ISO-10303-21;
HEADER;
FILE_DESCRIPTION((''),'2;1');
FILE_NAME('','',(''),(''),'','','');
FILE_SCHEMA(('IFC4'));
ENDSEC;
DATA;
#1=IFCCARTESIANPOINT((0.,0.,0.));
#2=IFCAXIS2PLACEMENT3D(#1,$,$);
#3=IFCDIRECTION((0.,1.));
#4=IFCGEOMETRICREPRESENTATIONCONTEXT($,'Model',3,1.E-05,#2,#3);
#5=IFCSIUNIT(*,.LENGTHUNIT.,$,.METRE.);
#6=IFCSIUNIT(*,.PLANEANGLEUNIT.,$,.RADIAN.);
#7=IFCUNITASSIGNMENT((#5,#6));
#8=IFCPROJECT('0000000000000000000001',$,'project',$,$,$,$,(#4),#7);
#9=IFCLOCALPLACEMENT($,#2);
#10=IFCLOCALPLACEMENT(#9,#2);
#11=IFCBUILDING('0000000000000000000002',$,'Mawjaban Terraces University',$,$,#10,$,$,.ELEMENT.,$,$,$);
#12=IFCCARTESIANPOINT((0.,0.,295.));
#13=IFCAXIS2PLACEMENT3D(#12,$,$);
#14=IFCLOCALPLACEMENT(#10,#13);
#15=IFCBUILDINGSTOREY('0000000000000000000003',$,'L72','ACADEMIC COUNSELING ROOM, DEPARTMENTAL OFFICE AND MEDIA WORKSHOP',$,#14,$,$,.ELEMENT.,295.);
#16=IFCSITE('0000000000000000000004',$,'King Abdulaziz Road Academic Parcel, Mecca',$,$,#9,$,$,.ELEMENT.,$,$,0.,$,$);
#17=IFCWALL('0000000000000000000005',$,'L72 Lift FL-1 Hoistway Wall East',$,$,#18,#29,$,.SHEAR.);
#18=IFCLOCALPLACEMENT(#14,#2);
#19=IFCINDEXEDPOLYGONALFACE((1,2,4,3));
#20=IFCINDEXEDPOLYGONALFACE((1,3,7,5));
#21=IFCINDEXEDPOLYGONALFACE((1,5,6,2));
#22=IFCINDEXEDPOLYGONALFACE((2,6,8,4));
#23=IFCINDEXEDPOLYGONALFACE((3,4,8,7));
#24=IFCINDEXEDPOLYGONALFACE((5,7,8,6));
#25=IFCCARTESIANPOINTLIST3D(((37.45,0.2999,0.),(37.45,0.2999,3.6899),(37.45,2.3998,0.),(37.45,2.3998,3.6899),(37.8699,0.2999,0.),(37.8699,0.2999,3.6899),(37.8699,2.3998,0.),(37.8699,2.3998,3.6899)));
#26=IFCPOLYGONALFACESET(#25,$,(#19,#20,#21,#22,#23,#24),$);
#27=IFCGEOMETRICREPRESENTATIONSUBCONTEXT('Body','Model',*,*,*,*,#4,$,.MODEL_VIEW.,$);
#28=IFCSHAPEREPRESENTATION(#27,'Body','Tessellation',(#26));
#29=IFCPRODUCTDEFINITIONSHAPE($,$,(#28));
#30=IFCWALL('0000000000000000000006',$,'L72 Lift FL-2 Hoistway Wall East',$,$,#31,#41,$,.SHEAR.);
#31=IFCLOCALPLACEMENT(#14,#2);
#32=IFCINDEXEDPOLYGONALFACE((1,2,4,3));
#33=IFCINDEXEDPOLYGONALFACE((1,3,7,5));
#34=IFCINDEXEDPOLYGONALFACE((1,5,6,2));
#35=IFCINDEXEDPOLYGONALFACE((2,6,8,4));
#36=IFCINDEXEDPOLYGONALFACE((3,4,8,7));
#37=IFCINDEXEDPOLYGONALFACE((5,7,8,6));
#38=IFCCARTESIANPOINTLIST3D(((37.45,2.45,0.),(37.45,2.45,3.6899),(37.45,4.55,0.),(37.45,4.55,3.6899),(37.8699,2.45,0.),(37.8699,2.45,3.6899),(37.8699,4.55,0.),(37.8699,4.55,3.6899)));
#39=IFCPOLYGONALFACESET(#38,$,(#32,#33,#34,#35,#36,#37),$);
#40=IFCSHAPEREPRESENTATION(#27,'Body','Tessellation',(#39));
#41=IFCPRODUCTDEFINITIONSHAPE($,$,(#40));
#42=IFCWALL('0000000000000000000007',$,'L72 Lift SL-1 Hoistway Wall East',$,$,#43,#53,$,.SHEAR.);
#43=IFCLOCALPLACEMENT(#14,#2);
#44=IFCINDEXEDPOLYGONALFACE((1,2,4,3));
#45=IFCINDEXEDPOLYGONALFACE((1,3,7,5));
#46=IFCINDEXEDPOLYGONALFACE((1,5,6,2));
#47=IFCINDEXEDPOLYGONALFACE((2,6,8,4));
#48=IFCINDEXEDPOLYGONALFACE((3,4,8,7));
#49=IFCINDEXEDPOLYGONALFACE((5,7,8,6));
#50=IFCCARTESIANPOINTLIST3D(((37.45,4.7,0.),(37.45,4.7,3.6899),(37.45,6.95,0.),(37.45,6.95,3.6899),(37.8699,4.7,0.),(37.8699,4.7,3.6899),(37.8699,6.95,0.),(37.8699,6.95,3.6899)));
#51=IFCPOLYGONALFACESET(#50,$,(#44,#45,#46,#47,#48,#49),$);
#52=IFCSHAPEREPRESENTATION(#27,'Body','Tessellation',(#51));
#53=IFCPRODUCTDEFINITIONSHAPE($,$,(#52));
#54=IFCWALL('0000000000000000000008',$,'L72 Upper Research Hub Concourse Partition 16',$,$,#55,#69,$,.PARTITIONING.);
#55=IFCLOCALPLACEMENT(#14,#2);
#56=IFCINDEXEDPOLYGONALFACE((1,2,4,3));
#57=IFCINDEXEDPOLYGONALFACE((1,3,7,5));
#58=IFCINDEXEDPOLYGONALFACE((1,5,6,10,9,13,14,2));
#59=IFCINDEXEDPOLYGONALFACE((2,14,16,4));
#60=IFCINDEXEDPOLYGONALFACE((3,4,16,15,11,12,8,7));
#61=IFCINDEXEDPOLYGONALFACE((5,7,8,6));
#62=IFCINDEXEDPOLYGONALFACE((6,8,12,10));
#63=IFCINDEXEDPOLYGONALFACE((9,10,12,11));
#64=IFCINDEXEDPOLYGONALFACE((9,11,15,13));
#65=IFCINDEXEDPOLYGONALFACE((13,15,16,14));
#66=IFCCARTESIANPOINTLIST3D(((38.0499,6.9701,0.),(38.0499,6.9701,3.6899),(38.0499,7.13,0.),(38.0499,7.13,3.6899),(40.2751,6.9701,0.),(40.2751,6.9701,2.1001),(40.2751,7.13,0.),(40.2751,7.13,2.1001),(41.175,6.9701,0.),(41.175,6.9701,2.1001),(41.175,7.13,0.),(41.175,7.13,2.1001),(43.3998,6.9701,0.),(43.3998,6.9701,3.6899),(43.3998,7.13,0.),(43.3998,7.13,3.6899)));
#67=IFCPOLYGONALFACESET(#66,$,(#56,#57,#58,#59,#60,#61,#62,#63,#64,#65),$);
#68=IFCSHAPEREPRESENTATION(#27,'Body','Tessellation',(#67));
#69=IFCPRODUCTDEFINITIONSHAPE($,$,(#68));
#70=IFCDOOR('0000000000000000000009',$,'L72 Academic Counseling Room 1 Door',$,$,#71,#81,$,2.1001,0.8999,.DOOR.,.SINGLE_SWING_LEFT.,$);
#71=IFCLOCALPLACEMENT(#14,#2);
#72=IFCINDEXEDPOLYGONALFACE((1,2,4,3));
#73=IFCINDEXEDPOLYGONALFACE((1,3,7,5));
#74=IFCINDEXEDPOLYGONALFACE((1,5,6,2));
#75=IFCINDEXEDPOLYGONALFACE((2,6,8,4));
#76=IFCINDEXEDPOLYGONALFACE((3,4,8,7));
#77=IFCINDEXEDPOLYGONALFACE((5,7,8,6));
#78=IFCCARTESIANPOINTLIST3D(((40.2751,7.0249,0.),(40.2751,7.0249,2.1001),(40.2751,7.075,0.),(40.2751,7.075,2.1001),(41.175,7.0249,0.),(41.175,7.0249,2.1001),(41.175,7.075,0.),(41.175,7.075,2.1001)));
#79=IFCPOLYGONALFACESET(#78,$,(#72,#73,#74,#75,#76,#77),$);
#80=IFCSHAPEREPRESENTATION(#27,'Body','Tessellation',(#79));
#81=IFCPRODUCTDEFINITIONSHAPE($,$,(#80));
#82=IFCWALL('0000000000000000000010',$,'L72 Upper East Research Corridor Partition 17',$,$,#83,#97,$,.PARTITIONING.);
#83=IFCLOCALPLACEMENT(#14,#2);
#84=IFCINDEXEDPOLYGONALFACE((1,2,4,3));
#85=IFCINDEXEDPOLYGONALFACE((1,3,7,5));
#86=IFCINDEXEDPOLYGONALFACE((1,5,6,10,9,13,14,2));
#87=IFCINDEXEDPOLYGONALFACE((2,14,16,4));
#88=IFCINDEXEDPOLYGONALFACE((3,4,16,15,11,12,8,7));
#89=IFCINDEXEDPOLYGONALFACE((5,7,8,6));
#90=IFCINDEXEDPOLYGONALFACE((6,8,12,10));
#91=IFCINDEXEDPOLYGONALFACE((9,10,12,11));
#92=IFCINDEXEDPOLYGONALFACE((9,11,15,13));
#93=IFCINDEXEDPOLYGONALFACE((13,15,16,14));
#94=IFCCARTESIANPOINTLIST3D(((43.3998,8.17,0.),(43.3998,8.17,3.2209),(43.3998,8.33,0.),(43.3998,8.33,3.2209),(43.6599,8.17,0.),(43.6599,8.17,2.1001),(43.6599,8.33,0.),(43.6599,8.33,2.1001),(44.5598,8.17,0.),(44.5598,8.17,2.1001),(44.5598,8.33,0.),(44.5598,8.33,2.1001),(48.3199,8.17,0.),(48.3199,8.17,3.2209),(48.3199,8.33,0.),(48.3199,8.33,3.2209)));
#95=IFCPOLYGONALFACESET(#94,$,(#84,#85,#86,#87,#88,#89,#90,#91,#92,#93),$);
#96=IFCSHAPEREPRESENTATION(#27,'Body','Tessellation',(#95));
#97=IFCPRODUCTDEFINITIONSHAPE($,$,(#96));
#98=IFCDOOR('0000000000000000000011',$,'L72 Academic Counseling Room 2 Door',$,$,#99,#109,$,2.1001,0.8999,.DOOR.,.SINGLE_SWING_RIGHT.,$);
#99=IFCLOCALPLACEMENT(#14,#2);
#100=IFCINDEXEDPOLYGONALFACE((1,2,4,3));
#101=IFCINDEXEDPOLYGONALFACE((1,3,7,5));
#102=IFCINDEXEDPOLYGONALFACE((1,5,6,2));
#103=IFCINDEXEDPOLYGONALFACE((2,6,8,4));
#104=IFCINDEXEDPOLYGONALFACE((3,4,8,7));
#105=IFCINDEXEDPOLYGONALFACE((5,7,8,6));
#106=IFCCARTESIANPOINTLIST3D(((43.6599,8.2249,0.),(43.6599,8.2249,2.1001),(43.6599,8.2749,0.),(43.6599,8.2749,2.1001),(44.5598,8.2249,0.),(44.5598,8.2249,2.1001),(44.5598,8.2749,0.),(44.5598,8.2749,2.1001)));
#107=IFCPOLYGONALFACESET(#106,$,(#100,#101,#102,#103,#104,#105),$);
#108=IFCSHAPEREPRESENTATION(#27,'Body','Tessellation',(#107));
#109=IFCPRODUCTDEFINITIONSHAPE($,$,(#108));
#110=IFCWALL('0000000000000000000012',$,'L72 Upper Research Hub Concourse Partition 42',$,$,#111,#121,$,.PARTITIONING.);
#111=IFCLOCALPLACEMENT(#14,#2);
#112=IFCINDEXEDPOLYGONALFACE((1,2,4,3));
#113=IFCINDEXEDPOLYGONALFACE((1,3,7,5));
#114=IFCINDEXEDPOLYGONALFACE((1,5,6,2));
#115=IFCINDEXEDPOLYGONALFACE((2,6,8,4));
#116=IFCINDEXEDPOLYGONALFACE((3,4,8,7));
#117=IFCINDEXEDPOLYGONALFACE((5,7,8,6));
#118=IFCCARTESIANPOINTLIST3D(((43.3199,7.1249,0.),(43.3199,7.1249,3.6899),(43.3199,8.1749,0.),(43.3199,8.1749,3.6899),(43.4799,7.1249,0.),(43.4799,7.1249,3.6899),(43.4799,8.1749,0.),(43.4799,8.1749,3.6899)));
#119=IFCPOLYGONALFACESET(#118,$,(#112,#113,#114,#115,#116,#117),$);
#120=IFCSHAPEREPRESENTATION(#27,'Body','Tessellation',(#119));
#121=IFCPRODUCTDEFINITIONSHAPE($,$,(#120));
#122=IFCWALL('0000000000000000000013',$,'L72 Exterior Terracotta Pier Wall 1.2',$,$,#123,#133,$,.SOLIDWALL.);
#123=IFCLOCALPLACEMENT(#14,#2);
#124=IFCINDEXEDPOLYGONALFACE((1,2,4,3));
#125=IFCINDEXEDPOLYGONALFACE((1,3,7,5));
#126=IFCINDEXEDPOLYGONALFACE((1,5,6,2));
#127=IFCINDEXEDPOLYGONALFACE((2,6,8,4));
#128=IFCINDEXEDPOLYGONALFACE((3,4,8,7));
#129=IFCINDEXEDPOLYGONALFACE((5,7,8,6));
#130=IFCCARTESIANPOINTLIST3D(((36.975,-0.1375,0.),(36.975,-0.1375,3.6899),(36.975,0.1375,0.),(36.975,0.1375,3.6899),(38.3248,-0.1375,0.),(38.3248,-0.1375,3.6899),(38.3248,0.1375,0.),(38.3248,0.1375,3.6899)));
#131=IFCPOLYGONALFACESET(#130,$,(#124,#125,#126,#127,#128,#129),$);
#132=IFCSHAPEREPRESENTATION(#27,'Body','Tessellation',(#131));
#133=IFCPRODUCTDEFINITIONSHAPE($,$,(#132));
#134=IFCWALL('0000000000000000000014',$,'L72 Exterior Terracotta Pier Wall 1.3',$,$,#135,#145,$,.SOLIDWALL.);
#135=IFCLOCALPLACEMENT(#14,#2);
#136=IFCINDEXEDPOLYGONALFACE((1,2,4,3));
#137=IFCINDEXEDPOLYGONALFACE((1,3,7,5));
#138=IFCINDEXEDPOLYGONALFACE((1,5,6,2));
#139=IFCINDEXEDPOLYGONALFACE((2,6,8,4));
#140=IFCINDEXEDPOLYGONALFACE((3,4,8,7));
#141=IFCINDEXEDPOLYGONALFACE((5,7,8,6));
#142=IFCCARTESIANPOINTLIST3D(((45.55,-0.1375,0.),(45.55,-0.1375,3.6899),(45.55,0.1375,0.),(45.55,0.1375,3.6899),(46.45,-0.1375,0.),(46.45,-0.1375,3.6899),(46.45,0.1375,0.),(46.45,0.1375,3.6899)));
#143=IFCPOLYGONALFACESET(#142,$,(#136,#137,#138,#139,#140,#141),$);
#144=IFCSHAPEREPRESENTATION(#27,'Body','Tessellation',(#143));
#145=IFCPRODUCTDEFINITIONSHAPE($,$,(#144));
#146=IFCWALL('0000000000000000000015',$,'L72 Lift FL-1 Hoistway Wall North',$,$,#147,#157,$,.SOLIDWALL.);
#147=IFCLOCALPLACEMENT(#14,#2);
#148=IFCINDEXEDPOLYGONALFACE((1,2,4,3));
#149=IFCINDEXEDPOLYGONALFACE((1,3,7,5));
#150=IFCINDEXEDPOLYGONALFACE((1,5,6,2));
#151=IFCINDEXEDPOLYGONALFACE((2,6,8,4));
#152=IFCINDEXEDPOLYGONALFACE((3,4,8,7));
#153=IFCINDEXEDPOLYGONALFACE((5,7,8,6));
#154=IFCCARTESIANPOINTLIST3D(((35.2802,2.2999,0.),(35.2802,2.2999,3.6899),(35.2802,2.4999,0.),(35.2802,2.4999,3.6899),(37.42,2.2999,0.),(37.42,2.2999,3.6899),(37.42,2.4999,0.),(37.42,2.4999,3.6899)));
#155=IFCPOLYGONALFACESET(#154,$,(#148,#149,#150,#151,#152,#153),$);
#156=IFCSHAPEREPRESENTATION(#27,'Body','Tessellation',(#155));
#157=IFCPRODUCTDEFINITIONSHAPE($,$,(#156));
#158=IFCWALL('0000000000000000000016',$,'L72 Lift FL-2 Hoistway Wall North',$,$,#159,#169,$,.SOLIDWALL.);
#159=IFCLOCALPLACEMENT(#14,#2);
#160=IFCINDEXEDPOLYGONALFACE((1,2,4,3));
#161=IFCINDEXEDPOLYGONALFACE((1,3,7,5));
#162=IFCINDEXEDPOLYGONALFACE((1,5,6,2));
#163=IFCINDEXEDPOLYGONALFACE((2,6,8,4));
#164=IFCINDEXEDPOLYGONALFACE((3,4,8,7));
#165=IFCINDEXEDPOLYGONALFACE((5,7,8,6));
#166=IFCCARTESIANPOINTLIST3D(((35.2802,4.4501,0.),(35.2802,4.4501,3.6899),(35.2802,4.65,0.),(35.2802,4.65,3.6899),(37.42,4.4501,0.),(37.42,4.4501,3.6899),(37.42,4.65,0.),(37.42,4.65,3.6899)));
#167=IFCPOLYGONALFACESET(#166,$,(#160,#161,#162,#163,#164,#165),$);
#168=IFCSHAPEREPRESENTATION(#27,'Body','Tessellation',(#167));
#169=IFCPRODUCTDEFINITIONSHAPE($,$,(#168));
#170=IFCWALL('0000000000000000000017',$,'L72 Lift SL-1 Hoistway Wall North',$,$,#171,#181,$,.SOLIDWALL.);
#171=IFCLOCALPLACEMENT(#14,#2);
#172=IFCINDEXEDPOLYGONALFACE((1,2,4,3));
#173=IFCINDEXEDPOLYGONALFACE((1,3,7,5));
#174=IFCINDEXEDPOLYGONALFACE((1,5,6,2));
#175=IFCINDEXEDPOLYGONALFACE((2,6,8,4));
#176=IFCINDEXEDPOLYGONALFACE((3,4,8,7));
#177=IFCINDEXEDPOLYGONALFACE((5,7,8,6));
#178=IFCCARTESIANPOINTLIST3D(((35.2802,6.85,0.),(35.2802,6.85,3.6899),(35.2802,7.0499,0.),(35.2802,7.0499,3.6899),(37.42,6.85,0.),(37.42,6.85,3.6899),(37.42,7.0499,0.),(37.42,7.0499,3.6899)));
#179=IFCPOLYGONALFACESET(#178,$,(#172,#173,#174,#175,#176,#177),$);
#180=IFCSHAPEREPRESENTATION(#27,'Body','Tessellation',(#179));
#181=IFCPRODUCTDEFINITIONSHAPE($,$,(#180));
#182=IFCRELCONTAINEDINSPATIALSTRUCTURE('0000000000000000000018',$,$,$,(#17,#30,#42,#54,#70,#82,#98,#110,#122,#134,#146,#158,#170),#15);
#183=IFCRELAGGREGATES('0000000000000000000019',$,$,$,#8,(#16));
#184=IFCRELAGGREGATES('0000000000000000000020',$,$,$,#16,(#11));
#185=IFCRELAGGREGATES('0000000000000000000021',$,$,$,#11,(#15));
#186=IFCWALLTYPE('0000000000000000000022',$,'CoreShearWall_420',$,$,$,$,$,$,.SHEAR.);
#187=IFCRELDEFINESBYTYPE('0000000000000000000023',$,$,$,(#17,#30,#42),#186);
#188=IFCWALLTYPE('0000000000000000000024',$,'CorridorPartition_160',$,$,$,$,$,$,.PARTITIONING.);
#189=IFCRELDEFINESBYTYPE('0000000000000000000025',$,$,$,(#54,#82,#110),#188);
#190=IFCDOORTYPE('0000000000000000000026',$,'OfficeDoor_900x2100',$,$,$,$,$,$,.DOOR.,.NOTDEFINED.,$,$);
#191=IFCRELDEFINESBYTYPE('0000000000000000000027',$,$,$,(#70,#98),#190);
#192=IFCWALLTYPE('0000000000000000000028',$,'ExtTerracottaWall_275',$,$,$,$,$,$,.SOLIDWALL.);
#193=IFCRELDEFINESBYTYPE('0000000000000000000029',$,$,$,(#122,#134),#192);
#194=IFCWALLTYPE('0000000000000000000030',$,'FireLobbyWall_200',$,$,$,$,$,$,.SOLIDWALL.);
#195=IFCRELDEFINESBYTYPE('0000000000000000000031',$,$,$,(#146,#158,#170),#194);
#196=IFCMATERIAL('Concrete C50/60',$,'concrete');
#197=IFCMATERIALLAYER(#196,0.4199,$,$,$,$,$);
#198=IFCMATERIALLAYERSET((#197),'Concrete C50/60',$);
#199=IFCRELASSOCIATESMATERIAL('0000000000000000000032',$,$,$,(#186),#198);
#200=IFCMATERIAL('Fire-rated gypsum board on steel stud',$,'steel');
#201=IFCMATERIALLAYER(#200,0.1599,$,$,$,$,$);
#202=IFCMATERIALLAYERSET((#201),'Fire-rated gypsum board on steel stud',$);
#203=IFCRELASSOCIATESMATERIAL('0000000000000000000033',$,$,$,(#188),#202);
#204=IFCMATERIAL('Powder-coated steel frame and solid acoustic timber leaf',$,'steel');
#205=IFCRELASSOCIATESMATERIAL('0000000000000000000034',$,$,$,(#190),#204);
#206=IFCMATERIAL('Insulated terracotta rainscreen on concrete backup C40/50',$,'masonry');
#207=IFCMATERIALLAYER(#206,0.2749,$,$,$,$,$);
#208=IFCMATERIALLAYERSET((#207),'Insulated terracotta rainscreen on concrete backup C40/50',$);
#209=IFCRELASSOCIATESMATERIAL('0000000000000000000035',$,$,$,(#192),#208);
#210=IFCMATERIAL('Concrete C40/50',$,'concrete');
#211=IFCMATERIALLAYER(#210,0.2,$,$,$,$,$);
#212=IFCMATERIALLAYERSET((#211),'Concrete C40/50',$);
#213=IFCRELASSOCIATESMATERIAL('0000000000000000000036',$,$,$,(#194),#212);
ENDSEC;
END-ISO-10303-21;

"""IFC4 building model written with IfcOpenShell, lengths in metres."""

from ifc_helpers import new_model, si_unit, direction, frame, frame_2d, origin, place, context, subcontext, project, spatial, rectangle, extrude, material, layer, layer_set, type_object, element, fill, save


model = new_model("IFC4")

# Units and contexts
model_context = context("Model", 3, precision=1e-05, world=origin(), true_north=direction((0.0, 1.0)))
body_context = subcontext(model_context, "Body", "Model", "MODEL_VIEW")
ifc_project = project(units=[si_unit("LENGTHUNIT", "METRE"), si_unit("PLANEANGLEUNIT", "RADIAN")], contexts=[model_context])

# Site, building, storey
site_placement = place(None, origin())
site = spatial("IfcSite", under=ifc_project, at=site_placement, Name="King Abdulaziz Road Academic Parcel, Mecca", CompositionType="ELEMENT", RefElevation=0.0)
building_placement = place(site_placement, origin())
building = spatial("IfcBuilding", under=site, at=building_placement, Name="Mawjaban Terraces University", CompositionType="ELEMENT")
storey_placement = place(building_placement, frame((0.0, 0.0, 295.0)))
storey = spatial("IfcBuildingStorey", under=building, at=storey_placement, Name="L72", Description="ACADEMIC COUNSELING ROOM, DEPARTMENTAL OFFICE AND MEDIA WORKSHOP", CompositionType="ELEMENT", Elevation=295.0)

# Shared definitions
ifc_material_1 = material(Name="Concrete C50/60", Category="concrete")

# Walls
ifc_layer_1 = layer(ifc_material_1, 0.4199)
ifc_layer_set_1 = layer_set([ifc_layer_1], Name="Concrete C50/60")
wall_type_1 = type_object("IfcWallType", Name="CoreShearWall_420", PredefinedType="SHEAR", material=ifc_layer_set_1)
wall_1_placement = place(storey_placement, frame((37.6599, 0.3, 0.0), z_axis=(0.0, 0.0, 1.0), x_axis=(0.0, 1.0, 0.0)))
element("IfcWall", 1, at=wall_1_placement, inside=storey, type_object=wall_type_1, Name="L72 Lift FL-1 Hoistway Wall East", PredefinedType="SHEAR", context=body_context, shape_type="SweptSolid", body=[
    extrude(rectangle(XDim=2.0999, YDim=0.4199, at=frame_2d((1.0498, 0.0))), origin(), (0.0, 0.0, 1.0), 3.6899),
])
wall_2_placement = place(storey_placement, frame((37.6599, 2.45, 0.0), z_axis=(0.0, 0.0, 1.0), x_axis=(0.0, 1.0, 0.0)))
element("IfcWall", 2, at=wall_2_placement, inside=storey, type_object=wall_type_1, Name="L72 Lift FL-2 Hoistway Wall East", PredefinedType="SHEAR", context=body_context, shape_type="SweptSolid", body=[
    extrude(rectangle(XDim=2.1001, YDim=0.4199, at=frame_2d((1.05, 0.0))), origin(), (0.0, 0.0, 1.0), 3.6899),
])
wall_3_placement = place(storey_placement, frame((37.6599, 4.7, 0.0), z_axis=(0.0, 0.0, 1.0), x_axis=(0.0, 1.0, 0.0)))
element("IfcWall", 3, at=wall_3_placement, inside=storey, type_object=wall_type_1, Name="L72 Lift SL-1 Hoistway Wall East", PredefinedType="SHEAR", context=body_context, shape_type="SweptSolid", body=[
    extrude(rectangle(XDim=2.25, YDim=0.4199, at=frame_2d((1.125, 0.0))), origin(), (0.0, 0.0, 1.0), 3.6899),
])

# Walls, openings, doors
ifc_material_2 = material(Name="Fire-rated gypsum board on steel stud", Category="steel")
ifc_layer_2 = layer(ifc_material_2, 0.1599)
ifc_layer_set_2 = layer_set([ifc_layer_2], Name="Fire-rated gypsum board on steel stud")
wall_type_2 = type_object("IfcWallType", Name="CorridorPartition_160", PredefinedType="PARTITIONING", material=ifc_layer_set_2)
wall_4_placement = place(storey_placement, frame((38.05, 7.05, 0.0), z_axis=(0.0, 0.0, 1.0), x_axis=(1.0, 0.0, 0.0)))
wall_4 = element("IfcWall", 4, at=wall_4_placement, inside=storey, type_object=wall_type_2, Name="L72 Upper Research Hub Concourse Partition 16", PredefinedType="PARTITIONING", context=body_context, shape_type="SweptSolid", body=[
    extrude(rectangle(XDim=5.3499, YDim=0.1599, at=frame_2d((2.6748, 0.0))), origin(), (0.0, 0.0, 1.0), 3.6899),
])
opening_1_placement = place(wall_4_placement, frame((2.2251, 0.0, 0.0)))
opening_1 = element("IfcOpeningElement", 5, at=opening_1_placement, cuts=wall_4, PredefinedType="OPENING", context=body_context, shape_type="SweptSolid", body=[
    extrude(rectangle(XDim=0.8999, YDim=2.1001, at=frame_2d((0.45, 1.05))), frame((0.0, 0.0898, 0.0), z_axis=(0.0, -1.0, 0.0), x_axis=(1.0, 0.0, 0.0)), (0.0, 0.0, 1.0), 0.1799),
])
ifc_material_3 = material(Name="Powder-coated steel frame and solid acoustic timber leaf", Category="steel")
door_type = type_object("IfcDoorType", Name="OfficeDoor_900x2100", OperationType="NOTDEFINED", PredefinedType="DOOR", material=ifc_material_3)
door_1_placement = place(opening_1_placement, origin())
door_1 = element("IfcDoor", 6, at=door_1_placement, inside=storey, type_object=door_type, Name="L72 Academic Counseling Room 1 Door", OperationType="SINGLE_SWING_LEFT", OverallHeight=2.1001, OverallWidth=0.8999, PredefinedType="DOOR", context=body_context, shape_type="SweptSolid", body=[
    extrude(rectangle(XDim=0.8999, YDim=2.1001, at=frame_2d((0.45, 1.05))), frame((0.0, 0.0249, 0.0), z_axis=(0.0, -1.0, 0.0), x_axis=(1.0, 0.0, 0.0)), (0.0, 0.0, 1.0), 0.05),
])
fill(opening_1, door_1)
wall_5_placement = place(storey_placement, frame((43.3999, 8.25, 0.0), z_axis=(0.0, 0.0, 1.0), x_axis=(1.0, 0.0, 0.0)))
wall_5 = element("IfcWall", 7, at=wall_5_placement, inside=storey, type_object=wall_type_2, Name="L72 Upper East Research Corridor Partition 17", PredefinedType="PARTITIONING", context=body_context, shape_type="SweptSolid", body=[
    extrude(rectangle(XDim=4.9202, YDim=0.1599, at=frame_2d((2.46, 0.0))), origin(), (0.0, 0.0, 1.0), 3.2209),
])
opening_2_placement = place(wall_5_placement, frame((0.26, 0.0, 0.0)))
opening_2 = element("IfcOpeningElement", 8, at=opening_2_placement, cuts=wall_5, PredefinedType="OPENING", context=body_context, shape_type="SweptSolid", body=[
    extrude(rectangle(XDim=0.8999, YDim=2.1001, at=frame_2d((0.45, 1.05))), frame((0.0, 0.0898, 0.0), z_axis=(0.0, -1.0, 0.0), x_axis=(1.0, 0.0, 0.0)), (0.0, 0.0, 1.0), 0.1799),
])
door_2_placement = place(opening_2_placement, origin())
door_2 = element("IfcDoor", 9, at=door_2_placement, inside=storey, type_object=door_type, Name="L72 Academic Counseling Room 2 Door", OperationType="SINGLE_SWING_RIGHT", OverallHeight=2.1001, OverallWidth=0.8999, PredefinedType="DOOR", context=body_context, shape_type="SweptSolid", body=[
    extrude(rectangle(XDim=0.8999, YDim=2.1001, at=frame_2d((0.45, 1.05))), frame((0.0, 0.0249, 0.0), z_axis=(0.0, -1.0, 0.0), x_axis=(1.0, 0.0, 0.0)), (0.0, 0.0, 1.0), 0.05),
])
fill(opening_2, door_2)

# Walls
wall_6_placement = place(storey_placement, frame((43.3999, 7.125, 0.0), z_axis=(0.0, 0.0, 1.0), x_axis=(0.0, 1.0, 0.0)))
element("IfcWall", 10, at=wall_6_placement, inside=storey, type_object=wall_type_2, Name="L72 Upper Research Hub Concourse Partition 42", PredefinedType="PARTITIONING", context=body_context, shape_type="SweptSolid", body=[
    extrude(rectangle(XDim=1.05, YDim=0.1599, at=frame_2d((0.5249, 0.0))), origin(), (0.0, 0.0, 1.0), 3.6899),
])
ifc_material_4 = material(Name="Insulated terracotta rainscreen on concrete backup C40/50", Category="masonry")
ifc_layer_3 = layer(ifc_material_4, 0.2749)
ifc_layer_set_3 = layer_set([ifc_layer_3], Name="Insulated terracotta rainscreen on concrete backup C40/50")
wall_type_3 = type_object("IfcWallType", Name="ExtTerracottaWall_275", PredefinedType="SOLIDWALL", material=ifc_layer_set_3)
wall_7_placement = place(storey_placement, frame((36.9751, 0.0, 0.0), z_axis=(0.0, 0.0, 1.0), x_axis=(1.0, 0.0, 0.0)))
element("IfcWall", 11, at=wall_7_placement, inside=storey, type_object=wall_type_3, Name="L72 Exterior Terracotta Pier Wall 1.2", PredefinedType="SOLIDWALL", context=body_context, shape_type="SweptSolid", body=[
    extrude(rectangle(XDim=1.3499, YDim=0.2749, at=frame_2d((0.6748, 0.0))), origin(), (0.0, 0.0, 1.0), 3.6899),
])
wall_8_placement = place(storey_placement, frame((45.55, 0.0, 0.0), z_axis=(0.0, 0.0, 1.0), x_axis=(1.0, 0.0, 0.0)))
element("IfcWall", 12, at=wall_8_placement, inside=storey, type_object=wall_type_3, Name="L72 Exterior Terracotta Pier Wall 1.3", PredefinedType="SOLIDWALL", context=body_context, shape_type="SweptSolid", body=[
    extrude(rectangle(XDim=0.8999, YDim=0.2749, at=frame_2d((0.45, 0.0))), origin(), (0.0, 0.0, 1.0), 3.6899),
])
ifc_material_5 = material(Name="Concrete C40/50", Category="concrete")
ifc_layer_4 = layer(ifc_material_5, 0.2)
ifc_layer_set_4 = layer_set([ifc_layer_4], Name="Concrete C40/50")
wall_type_4 = type_object("IfcWallType", Name="FireLobbyWall_200", PredefinedType="SOLIDWALL", material=ifc_layer_set_4)
for number, where, z_axis, x_axis, name in (
    (13, (37.4199, 2.3999, 0.0), (0.0, 0.0, 1.0), (-1.0, 0.0, 0.0), "L72 Lift FL-1 Hoistway Wall North"),
    (14, (37.4199, 4.55, 0.0), (0.0, 0.0, 1.0), (-1.0, 0.0, 0.0), "L72 Lift FL-2 Hoistway Wall North"),
    (15, (37.4199, 6.95, 0.0), (0.0, 0.0, 1.0), (-1.0, 0.0, 0.0), "L72 Lift SL-1 Hoistway Wall North"),
):
    element("IfcWall", number, at=place(storey_placement, frame(where, z_axis=z_axis, x_axis=x_axis)), inside=storey, type_object=wall_type_4, Name=name, PredefinedType="SOLIDWALL", context=body_context, shape_type="SweptSolid", body=[
        extrude(rectangle(XDim=2.1399, YDim=0.2, at=frame_2d((1.0698, 0.0))), origin(), (0.0, 0.0, 1.0), 3.6899),
    ])

save(model, "model.ifc")
